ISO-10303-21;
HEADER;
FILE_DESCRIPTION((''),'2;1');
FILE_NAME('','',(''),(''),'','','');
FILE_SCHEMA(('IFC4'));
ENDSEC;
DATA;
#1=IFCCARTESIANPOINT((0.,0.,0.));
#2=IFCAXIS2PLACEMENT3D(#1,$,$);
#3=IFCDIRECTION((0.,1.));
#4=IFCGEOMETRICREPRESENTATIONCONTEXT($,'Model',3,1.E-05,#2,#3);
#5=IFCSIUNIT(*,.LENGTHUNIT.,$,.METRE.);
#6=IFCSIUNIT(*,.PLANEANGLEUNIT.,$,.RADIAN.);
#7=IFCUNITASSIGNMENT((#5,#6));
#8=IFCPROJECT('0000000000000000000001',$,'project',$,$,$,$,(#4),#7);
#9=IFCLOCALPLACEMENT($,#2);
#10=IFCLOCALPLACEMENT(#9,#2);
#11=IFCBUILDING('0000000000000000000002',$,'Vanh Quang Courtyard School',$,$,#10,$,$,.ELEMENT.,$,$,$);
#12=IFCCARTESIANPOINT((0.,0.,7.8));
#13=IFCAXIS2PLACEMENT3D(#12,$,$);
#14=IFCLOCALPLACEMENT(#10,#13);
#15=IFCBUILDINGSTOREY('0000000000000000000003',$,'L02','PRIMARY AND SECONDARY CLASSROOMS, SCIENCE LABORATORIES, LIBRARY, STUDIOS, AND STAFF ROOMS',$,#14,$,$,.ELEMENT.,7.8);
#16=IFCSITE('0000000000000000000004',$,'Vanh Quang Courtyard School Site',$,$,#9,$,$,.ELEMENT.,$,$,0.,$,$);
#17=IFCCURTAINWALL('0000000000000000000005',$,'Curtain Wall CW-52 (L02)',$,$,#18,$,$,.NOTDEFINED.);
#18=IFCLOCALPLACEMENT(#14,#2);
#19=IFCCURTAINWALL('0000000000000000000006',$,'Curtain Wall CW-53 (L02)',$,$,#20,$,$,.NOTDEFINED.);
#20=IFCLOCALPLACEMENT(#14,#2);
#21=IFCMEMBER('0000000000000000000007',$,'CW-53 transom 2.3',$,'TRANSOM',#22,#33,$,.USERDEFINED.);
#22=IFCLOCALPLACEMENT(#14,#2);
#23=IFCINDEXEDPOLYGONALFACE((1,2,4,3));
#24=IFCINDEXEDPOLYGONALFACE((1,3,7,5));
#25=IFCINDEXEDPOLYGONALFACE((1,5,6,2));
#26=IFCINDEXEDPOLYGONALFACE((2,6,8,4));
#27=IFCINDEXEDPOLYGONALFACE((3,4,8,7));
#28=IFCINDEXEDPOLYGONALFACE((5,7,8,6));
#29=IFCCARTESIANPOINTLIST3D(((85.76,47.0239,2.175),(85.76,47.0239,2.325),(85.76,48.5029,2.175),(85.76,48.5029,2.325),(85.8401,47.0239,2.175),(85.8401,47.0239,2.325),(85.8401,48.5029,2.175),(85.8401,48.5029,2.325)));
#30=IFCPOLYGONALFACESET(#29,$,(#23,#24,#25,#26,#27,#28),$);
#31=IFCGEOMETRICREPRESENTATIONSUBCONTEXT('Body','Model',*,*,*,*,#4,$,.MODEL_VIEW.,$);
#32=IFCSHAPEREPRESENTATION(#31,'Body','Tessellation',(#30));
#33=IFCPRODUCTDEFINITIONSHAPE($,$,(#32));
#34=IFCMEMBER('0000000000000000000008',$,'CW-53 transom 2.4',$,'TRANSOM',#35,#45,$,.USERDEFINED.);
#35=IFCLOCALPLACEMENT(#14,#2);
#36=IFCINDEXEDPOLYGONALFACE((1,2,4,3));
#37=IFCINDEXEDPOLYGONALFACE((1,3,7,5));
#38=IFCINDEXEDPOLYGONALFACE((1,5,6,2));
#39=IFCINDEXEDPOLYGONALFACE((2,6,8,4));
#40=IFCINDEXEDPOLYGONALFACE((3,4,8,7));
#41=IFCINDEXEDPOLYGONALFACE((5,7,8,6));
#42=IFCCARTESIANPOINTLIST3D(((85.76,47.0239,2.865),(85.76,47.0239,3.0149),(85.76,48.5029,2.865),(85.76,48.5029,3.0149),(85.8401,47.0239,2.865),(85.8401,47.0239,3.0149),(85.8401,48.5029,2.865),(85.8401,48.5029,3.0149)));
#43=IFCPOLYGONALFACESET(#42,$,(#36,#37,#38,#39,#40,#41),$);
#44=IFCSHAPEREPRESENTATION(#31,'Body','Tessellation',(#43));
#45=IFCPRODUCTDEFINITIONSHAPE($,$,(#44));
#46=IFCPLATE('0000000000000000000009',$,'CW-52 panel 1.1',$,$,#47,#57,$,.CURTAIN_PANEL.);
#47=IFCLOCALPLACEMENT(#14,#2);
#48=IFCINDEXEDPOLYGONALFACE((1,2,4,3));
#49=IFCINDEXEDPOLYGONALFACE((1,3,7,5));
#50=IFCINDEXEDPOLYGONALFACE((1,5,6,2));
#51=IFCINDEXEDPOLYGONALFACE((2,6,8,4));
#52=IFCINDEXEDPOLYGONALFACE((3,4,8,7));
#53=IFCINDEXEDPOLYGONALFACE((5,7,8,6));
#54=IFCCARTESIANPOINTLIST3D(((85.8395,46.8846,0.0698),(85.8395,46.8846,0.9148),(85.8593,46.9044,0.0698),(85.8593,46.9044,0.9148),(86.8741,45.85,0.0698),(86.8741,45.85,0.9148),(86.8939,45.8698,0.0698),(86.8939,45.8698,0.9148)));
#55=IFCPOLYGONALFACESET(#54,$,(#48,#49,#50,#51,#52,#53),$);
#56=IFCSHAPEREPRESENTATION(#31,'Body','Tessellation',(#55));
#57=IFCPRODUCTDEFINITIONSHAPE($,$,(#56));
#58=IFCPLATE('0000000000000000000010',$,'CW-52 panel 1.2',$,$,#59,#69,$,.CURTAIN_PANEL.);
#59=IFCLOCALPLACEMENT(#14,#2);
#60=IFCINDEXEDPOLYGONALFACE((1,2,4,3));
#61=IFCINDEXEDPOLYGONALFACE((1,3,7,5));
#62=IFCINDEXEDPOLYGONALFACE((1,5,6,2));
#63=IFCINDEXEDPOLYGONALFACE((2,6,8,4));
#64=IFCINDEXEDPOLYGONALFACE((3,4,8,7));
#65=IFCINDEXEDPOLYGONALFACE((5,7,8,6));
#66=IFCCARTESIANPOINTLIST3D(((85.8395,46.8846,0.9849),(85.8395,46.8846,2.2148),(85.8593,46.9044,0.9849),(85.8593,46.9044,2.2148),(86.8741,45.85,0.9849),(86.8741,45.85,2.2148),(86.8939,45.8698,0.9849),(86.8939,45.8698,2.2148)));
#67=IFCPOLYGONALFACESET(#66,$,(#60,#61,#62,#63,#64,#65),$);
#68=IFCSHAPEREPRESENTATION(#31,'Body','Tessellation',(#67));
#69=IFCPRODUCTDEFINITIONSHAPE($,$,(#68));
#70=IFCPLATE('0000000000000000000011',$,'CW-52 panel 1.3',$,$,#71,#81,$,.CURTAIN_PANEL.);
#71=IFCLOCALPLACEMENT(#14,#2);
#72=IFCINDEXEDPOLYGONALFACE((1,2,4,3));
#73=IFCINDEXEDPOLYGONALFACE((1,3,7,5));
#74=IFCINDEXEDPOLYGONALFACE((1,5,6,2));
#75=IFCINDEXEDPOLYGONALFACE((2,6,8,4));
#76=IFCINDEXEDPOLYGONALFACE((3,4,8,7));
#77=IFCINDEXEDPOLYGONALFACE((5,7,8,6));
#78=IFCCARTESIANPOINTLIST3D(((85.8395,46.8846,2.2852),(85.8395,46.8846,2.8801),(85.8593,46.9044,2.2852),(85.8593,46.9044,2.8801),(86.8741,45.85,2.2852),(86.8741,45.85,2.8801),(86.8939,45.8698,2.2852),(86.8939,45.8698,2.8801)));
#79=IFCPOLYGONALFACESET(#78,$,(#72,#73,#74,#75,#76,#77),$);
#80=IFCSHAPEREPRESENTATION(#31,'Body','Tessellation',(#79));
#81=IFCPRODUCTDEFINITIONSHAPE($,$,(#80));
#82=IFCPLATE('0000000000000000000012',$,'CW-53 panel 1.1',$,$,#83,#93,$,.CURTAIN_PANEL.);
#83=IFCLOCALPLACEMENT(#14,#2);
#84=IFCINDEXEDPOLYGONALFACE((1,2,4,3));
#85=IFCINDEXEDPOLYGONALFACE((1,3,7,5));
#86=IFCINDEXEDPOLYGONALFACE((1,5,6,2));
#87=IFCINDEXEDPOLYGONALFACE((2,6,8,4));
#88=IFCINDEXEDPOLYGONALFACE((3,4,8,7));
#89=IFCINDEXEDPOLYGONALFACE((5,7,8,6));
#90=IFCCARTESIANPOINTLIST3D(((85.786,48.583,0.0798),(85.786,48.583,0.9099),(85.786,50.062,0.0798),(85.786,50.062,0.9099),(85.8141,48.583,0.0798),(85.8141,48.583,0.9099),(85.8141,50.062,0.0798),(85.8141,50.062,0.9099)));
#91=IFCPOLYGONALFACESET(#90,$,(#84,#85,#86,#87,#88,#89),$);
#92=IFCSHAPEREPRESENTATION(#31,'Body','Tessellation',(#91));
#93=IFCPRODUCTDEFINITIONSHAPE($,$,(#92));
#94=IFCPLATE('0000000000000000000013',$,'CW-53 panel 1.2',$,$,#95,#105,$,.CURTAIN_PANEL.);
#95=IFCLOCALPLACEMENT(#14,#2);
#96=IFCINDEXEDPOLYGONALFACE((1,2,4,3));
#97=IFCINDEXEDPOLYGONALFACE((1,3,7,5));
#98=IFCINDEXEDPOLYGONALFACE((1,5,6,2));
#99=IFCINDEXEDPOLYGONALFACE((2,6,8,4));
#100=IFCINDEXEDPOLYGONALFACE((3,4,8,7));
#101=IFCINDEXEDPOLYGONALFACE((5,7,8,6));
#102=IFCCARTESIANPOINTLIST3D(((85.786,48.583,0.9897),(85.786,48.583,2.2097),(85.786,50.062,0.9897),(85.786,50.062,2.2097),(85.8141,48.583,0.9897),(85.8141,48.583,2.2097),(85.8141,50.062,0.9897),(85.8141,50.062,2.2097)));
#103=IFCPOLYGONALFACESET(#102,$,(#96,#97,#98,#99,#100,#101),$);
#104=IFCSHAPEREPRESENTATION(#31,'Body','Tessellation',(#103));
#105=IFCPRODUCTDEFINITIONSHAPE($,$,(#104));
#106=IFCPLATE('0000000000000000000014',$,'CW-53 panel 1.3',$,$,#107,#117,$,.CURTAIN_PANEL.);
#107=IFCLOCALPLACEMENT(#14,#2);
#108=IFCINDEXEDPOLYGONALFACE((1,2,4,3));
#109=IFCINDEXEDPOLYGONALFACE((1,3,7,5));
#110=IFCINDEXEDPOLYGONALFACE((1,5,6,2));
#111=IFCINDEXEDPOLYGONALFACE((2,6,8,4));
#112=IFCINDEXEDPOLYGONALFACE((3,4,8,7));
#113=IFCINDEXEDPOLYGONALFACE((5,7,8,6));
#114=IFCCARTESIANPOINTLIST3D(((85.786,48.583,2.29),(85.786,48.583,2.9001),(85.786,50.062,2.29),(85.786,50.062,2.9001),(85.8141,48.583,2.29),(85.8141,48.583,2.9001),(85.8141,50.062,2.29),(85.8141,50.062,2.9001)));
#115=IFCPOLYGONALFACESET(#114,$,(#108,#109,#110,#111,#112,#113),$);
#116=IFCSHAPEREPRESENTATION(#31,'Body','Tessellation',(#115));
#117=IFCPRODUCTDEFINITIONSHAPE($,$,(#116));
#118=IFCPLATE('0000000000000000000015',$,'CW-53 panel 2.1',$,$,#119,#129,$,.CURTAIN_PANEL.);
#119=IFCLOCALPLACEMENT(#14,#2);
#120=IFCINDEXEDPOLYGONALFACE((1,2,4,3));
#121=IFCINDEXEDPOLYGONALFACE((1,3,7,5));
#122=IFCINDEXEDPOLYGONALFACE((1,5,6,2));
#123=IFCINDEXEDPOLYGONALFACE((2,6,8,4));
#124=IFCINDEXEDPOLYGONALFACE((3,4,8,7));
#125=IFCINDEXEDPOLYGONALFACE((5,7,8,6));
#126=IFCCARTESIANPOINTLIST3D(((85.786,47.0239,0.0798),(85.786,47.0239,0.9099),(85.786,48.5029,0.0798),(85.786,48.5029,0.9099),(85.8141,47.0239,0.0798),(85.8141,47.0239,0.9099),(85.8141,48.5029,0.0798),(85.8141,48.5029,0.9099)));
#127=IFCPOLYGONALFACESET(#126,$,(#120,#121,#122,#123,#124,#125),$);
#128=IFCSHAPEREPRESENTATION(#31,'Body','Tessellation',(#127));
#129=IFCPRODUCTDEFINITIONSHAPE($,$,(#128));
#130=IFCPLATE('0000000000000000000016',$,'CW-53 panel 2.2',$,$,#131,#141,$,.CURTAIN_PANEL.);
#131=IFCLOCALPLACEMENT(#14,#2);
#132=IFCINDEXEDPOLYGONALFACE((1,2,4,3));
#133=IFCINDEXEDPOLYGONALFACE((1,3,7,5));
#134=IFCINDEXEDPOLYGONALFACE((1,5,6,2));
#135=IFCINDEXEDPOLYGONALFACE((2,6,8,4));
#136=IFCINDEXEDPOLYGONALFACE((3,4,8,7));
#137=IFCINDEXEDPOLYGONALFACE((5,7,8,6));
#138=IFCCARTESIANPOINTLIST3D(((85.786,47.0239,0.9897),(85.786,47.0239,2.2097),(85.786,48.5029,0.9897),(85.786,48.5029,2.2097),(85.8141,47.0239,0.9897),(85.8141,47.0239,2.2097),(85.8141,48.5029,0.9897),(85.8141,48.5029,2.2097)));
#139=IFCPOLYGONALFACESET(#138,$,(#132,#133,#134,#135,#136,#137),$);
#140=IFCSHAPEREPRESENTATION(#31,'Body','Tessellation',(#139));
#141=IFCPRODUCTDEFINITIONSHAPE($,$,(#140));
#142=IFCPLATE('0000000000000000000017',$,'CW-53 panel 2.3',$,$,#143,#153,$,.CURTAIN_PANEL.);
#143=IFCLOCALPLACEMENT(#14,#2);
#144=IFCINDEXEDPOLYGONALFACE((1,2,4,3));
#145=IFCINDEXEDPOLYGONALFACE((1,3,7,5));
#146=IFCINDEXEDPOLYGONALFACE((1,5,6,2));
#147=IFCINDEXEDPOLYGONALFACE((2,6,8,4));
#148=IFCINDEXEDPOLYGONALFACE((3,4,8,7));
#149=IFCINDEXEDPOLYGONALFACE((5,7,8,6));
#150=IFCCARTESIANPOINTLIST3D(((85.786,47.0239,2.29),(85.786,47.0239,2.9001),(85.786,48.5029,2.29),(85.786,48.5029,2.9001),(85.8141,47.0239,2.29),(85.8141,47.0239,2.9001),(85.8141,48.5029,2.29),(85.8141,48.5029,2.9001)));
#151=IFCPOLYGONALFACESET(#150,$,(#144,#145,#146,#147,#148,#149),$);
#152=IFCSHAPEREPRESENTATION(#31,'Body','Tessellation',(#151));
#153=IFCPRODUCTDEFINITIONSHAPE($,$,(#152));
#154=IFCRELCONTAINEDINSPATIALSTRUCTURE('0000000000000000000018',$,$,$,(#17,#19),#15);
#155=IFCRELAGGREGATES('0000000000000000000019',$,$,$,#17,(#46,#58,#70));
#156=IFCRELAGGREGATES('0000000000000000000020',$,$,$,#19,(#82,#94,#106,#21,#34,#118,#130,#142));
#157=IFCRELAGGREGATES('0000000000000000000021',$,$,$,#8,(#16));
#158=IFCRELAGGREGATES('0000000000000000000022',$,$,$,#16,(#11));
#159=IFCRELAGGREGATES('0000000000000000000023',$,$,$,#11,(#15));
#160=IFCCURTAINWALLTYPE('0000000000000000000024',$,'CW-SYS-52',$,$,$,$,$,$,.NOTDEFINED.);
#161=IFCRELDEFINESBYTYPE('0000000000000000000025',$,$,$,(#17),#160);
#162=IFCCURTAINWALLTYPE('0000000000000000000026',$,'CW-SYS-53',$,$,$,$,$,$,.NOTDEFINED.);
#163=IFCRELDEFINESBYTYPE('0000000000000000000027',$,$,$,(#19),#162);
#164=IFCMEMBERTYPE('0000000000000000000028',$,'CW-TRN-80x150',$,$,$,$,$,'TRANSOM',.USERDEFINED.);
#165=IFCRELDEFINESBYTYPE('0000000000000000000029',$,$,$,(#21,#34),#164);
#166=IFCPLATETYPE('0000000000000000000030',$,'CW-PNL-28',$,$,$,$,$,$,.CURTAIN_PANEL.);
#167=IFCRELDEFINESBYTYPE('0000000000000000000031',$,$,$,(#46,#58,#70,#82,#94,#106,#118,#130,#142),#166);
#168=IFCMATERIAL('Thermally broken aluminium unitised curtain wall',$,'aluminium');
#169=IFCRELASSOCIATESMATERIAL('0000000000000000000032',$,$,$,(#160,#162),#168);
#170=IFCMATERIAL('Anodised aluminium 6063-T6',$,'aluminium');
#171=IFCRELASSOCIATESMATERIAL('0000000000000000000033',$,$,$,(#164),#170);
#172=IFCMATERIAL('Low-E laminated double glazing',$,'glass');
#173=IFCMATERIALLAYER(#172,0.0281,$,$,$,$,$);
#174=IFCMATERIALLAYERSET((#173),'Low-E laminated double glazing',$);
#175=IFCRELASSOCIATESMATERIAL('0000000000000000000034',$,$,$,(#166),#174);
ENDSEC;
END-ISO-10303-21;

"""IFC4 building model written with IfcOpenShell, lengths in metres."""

from ifc_helpers import new_model, si_unit, direction, frame, origin, origin_2d, place, context, subcontext, project, spatial, rectangle, extrude, material, layer, layer_set, material_profile, profile_set, type_object, element, aggregate, save


model = new_model("IFC4")

# Units and contexts
model_context = context("Model", 3, precision=1e-05, world=origin(), true_north=direction((0.0, 1.0)))
body_context = subcontext(model_context, "Body", "Model", "MODEL_VIEW")
ifc_project = project(units=[si_unit("LENGTHUNIT", "METRE"), si_unit("PLANEANGLEUNIT", "RADIAN")], contexts=[model_context])

# Site, building, storey
site_placement = place(None, origin())
site = spatial("IfcSite", under=ifc_project, at=site_placement, Name="Vanh Quang Courtyard School Site", CompositionType="ELEMENT", RefElevation=0.0)
building_placement = place(site_placement, origin())
building = spatial("IfcBuilding", under=site, at=building_placement, Name="Vanh Quang Courtyard School", CompositionType="ELEMENT")
storey_placement = place(building_placement, frame((0.0, 0.0, 7.8)))
storey = spatial("IfcBuildingStorey", under=building, at=storey_placement, Name="L02", Description="PRIMARY AND SECONDARY CLASSROOMS, SCIENCE LABORATORIES, LIBRARY, STUDIOS, AND STAFF ROOMS", CompositionType="ELEMENT", Elevation=7.8)

# Curtain wall
ifc_material_1 = material(Name="Thermally broken aluminium unitised curtain wall", Category="aluminium")
curtain_wall_type_1 = type_object("IfcCurtainWallType", Name="CW-SYS-52", PredefinedType="NOTDEFINED", material=ifc_material_1)
curtain_wall_1_placement = place(storey_placement, origin())
curtain_wall_1 = element("IfcCurtainWall", 1, at=curtain_wall_1_placement, inside=storey, type_object=curtain_wall_type_1, Name="Curtain Wall CW-52 (L02)", PredefinedType="NOTDEFINED")
ifc_material_2 = material(Name="Anodised aluminium 6063-T6", Category="aluminium")

# Curtain wall
curtain_wall_type_2 = type_object("IfcCurtainWallType", Name="CW-SYS-53", PredefinedType="NOTDEFINED", material=ifc_material_1)
curtain_wall_2_placement = place(storey_placement, origin())
curtain_wall_2 = element("IfcCurtainWall", 2, at=curtain_wall_2_placement, inside=storey, type_object=curtain_wall_type_2, Name="Curtain Wall CW-53 (L02)", PredefinedType="NOTDEFINED")

# Members
ifc_material_profile_1 = material_profile(ifc_material_2, rectangle(XDim=0.0801, YDim=0.1499, at=origin_2d()), Name="ALU-TRN 80x150")
ifc_profile_set_1 = profile_set([ifc_material_profile_1], Name="Anodised aluminium 6063-T6")
member_type_1 = type_object("IfcMemberType", Name="CW-TRN-80x150", ElementType="TRANSOM", PredefinedType="USERDEFINED", material=ifc_profile_set_1)
member_1_placement = place(storey_placement, frame((85.8, 48.5029, 2.25), z_axis=(0.0, -1.0, 0.0), x_axis=(1.0, 0.0, 0.0)))
member_1 = element("IfcMember", 3, at=member_1_placement, type_object=member_type_1, Name="CW-53 transom 2.3", ObjectType="TRANSOM", PredefinedType="USERDEFINED", context=body_context, shape_type="SweptSolid", body=[
    extrude(rectangle(XDim=0.0801, YDim=0.1499, at=origin_2d()), origin(), (0.0, 0.0, 1.0), 1.479),
])
member_2_placement = place(storey_placement, frame((85.8, 48.5029, 2.9399), z_axis=(0.0, -1.0, 0.0), x_axis=(1.0, 0.0, 0.0)))
member_2 = element("IfcMember", 4, at=member_2_placement, type_object=member_type_1, Name="CW-53 transom 2.4", ObjectType="TRANSOM", PredefinedType="USERDEFINED", context=body_context, shape_type="SweptSolid", body=[
    extrude(rectangle(XDim=0.0801, YDim=0.1499, at=origin_2d()), origin(), (0.0, 0.0, 1.0), 1.479),
])

# Plates
ifc_material_3 = material(Name="Low-E laminated double glazing", Category="glass")
ifc_layer = layer(ifc_material_3, 0.0281)
ifc_layer_set = layer_set([ifc_layer], Name="Low-E laminated double glazing")
plate_type = type_object("IfcPlateType", Name="CW-PNL-28", PredefinedType="CURTAIN_PANEL", material=ifc_layer_set)
plate_1_placement = place(storey_placement, frame((86.3667, 46.3772, 0.0698), z_axis=(0.0, 0.0, 1.0), x_axis=(0.707107, -0.707107, 0.0)))
plate_1 = element("IfcPlate", 5, at=plate_1_placement, type_object=plate_type, Name="CW-52 panel 1.1", PredefinedType="CURTAIN_PANEL", context=body_context, shape_type="SweptSolid", body=[
    extrude(rectangle(XDim=1.4631, YDim=0.0281, at=origin_2d()), origin(), (0.0, 0.0, 1.0), 0.845),
])
plate_2_placement = place(storey_placement, frame((86.3667, 46.3772, 0.9849), z_axis=(0.0, 0.0, 1.0), x_axis=(0.707107, -0.707107, 0.0)))
plate_2 = element("IfcPlate", 6, at=plate_2_placement, type_object=plate_type, Name="CW-52 panel 1.2", PredefinedType="CURTAIN_PANEL", context=body_context, shape_type="SweptSolid", body=[
    extrude(rectangle(XDim=1.4631, YDim=0.0281, at=origin_2d()), origin(), (0.0, 0.0, 1.0), 1.23),
])
plate_3_placement = place(storey_placement, frame((86.3667, 46.3772, 2.2852), z_axis=(0.0, 0.0, 1.0), x_axis=(0.707107, -0.707107, 0.0)))
plate_3 = element("IfcPlate", 7, at=plate_3_placement, type_object=plate_type, Name="CW-52 panel 1.3", PredefinedType="CURTAIN_PANEL", context=body_context, shape_type="SweptSolid", body=[
    extrude(rectangle(XDim=1.4631, YDim=0.0281, at=origin_2d()), origin(), (0.0, 0.0, 1.0), 0.595),
])
aggregate(curtain_wall_1, [plate_1, plate_2, plate_3])
plate_4_placement = place(storey_placement, frame((85.8, 49.3225, 0.0798), z_axis=(0.0, 0.0, 1.0), x_axis=(0.0, -1.0, 0.0)))
plate_4 = element("IfcPlate", 8, at=plate_4_placement, type_object=plate_type, Name="CW-53 panel 1.1", PredefinedType="CURTAIN_PANEL", context=body_context, shape_type="SweptSolid", body=[
    extrude(rectangle(XDim=1.479, YDim=0.0281, at=origin_2d()), origin(), (0.0, 0.0, 1.0), 0.8301),
])
plate_5_placement = place(storey_placement, frame((85.8, 49.3225, 0.9897), z_axis=(0.0, 0.0, 1.0), x_axis=(0.0, -1.0, 0.0)))
plate_5 = element("IfcPlate", 9, at=plate_5_placement, type_object=plate_type, Name="CW-53 panel 1.2", PredefinedType="CURTAIN_PANEL", context=body_context, shape_type="SweptSolid", body=[
    extrude(rectangle(XDim=1.479, YDim=0.0281, at=origin_2d()), origin(), (0.0, 0.0, 1.0), 1.22),
])
plate_6_placement = place(storey_placement, frame((85.8, 49.3225, 2.29), z_axis=(0.0, 0.0, 1.0), x_axis=(0.0, -1.0, 0.0)))
plate_6 = element("IfcPlate", 10, at=plate_6_placement, type_object=plate_type, Name="CW-53 panel 1.3", PredefinedType="CURTAIN_PANEL", context=body_context, shape_type="SweptSolid", body=[
    extrude(rectangle(XDim=1.479, YDim=0.0281, at=origin_2d()), origin(), (0.0, 0.0, 1.0), 0.6101),
])
plate_7_placement = place(storey_placement, frame((85.8, 47.7634, 0.0798), z_axis=(0.0, 0.0, 1.0), x_axis=(0.0, -1.0, 0.0)))
plate_7 = element("IfcPlate", 11, at=plate_7_placement, type_object=plate_type, Name="CW-53 panel 2.1", PredefinedType="CURTAIN_PANEL", context=body_context, shape_type="SweptSolid", body=[
    extrude(rectangle(XDim=1.479, YDim=0.0281, at=origin_2d()), origin(), (0.0, 0.0, 1.0), 0.8301),
])
plate_8_placement = place(storey_placement, frame((85.8, 47.7634, 0.9897), z_axis=(0.0, 0.0, 1.0), x_axis=(0.0, -1.0, 0.0)))
plate_8 = element("IfcPlate", 12, at=plate_8_placement, type_object=plate_type, Name="CW-53 panel 2.2", PredefinedType="CURTAIN_PANEL", context=body_context, shape_type="SweptSolid", body=[
    extrude(rectangle(XDim=1.479, YDim=0.0281, at=origin_2d()), origin(), (0.0, 0.0, 1.0), 1.22),
])
plate_9_placement = place(storey_placement, frame((85.8, 47.7634, 2.29), z_axis=(0.0, 0.0, 1.0), x_axis=(0.0, -1.0, 0.0)))
plate_9 = element("IfcPlate", 13, at=plate_9_placement, type_object=plate_type, Name="CW-53 panel 2.3", PredefinedType="CURTAIN_PANEL", context=body_context, shape_type="SweptSolid", body=[
    extrude(rectangle(XDim=1.479, YDim=0.0281, at=origin_2d()), origin(), (0.0, 0.0, 1.0), 0.6101),
])
aggregate(curtain_wall_2, [plate_4, plate_5, plate_6, member_1, member_2, plate_7, plate_8, plate_9])

save(model, "model.ifc")
